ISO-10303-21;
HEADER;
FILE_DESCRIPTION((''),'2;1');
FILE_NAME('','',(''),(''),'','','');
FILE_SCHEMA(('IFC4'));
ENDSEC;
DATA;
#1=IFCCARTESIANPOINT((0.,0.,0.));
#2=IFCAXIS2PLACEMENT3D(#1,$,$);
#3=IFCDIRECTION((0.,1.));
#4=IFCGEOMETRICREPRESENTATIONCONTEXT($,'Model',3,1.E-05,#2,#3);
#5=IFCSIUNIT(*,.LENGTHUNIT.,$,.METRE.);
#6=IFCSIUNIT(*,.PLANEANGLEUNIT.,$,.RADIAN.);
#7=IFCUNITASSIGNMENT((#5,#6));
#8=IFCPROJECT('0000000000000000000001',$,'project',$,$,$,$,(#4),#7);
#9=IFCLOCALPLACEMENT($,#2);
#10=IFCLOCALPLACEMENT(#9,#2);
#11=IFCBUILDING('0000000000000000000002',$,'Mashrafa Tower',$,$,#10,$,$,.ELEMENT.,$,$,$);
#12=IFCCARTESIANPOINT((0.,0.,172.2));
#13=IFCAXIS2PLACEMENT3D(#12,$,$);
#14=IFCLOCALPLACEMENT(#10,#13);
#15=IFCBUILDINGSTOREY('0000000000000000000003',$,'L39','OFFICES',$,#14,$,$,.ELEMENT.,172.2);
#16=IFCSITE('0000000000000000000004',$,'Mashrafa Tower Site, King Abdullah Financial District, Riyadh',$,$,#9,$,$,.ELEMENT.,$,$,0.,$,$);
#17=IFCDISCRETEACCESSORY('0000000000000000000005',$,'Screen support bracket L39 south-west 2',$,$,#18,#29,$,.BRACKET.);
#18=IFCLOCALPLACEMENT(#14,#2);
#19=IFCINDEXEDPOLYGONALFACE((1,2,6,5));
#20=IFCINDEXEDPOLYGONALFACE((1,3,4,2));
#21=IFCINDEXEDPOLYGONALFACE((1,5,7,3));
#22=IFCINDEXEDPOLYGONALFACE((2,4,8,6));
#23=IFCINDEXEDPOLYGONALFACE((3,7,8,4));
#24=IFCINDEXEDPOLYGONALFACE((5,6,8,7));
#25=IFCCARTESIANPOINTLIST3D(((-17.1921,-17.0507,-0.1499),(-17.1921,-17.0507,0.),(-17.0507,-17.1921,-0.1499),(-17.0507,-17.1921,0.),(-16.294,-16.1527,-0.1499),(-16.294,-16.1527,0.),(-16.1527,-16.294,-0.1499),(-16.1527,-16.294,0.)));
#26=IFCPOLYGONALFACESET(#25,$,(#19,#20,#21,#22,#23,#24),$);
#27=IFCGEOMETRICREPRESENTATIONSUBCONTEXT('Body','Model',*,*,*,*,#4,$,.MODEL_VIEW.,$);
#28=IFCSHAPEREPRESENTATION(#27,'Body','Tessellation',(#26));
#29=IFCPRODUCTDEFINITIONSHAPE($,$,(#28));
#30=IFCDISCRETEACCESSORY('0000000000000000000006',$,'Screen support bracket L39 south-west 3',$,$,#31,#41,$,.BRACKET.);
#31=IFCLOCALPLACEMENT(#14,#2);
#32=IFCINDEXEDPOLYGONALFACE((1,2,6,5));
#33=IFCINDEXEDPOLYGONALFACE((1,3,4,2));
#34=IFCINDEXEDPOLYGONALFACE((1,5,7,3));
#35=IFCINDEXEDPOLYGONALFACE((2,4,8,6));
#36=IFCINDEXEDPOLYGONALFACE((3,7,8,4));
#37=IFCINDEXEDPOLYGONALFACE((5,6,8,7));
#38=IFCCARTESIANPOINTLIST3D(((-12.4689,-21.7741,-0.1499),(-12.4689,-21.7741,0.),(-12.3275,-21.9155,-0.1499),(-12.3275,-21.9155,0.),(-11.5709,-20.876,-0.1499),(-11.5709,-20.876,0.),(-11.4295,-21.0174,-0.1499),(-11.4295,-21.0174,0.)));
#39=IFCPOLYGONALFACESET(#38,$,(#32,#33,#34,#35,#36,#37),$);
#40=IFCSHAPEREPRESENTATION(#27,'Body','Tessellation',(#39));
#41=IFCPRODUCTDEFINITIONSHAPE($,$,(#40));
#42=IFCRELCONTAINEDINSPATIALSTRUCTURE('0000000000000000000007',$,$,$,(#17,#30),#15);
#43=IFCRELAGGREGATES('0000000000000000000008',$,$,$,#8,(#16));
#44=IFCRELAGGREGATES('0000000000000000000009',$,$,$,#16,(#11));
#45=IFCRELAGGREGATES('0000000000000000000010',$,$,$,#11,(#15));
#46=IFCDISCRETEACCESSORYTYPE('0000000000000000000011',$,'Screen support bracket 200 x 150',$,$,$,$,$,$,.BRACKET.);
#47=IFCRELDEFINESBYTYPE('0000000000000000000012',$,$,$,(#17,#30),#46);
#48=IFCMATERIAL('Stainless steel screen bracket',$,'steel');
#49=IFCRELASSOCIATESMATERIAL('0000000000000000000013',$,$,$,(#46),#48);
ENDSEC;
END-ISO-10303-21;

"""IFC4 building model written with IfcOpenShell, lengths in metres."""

from ifc_helpers import new_model, si_unit, direction, frame, origin, origin_2d, place, context, subcontext, project, spatial, rectangle, extrude, source, transform, mapped, material, type_object, type_shapes, element, save


model = new_model("IFC4")

# Units and contexts
model_context = context("Model", 3, precision=1e-05, world=origin(), true_north=direction((0.0, 1.0)))
body_context = subcontext(model_context, "Body", "Model", "MODEL_VIEW")
ifc_project = project(units=[si_unit("LENGTHUNIT", "METRE"), si_unit("PLANEANGLEUNIT", "RADIAN")], contexts=[model_context])

# Site, building, storey
site_placement = place(None, origin())
site = spatial("IfcSite", under=ifc_project, at=site_placement, Name="Mashrafa Tower Site, King Abdullah Financial District, Riyadh", CompositionType="ELEMENT", RefElevation=0.0)
building_placement = place(site_placement, origin())
building = spatial("IfcBuilding", under=site, at=building_placement, Name="Mashrafa Tower", CompositionType="ELEMENT")
storey_placement = place(building_placement, frame((0.0, 0.0, 172.2)))
storey = spatial("IfcBuildingStorey", under=building, at=storey_placement, Name="L39", Description="OFFICES", CompositionType="ELEMENT", Elevation=172.2)

# Discrete accessories
ifc_material_1 = material(Name="Stainless steel screen bracket", Category="steel")
discrete_accessory_type = type_object("IfcDiscreteAccessoryType", Name="Screen support bracket 200 x 150", PredefinedType="BRACKET", material=ifc_material_1)
shared_shape_1 = source(origin(), body_context, "Body", "SweptSolid", [
    extrude(rectangle(XDim=0.2, YDim=1.27, at=origin_2d()), origin(), (0.0, 0.0, 1.0), 0.1499),
])
type_shapes(discrete_accessory_type, [shared_shape_1])
for number, where, z_axis, x_axis, name in (
    (1, (-16.6724, -16.6724, -0.1499), (0.0, 0.0, 1.0), (0.707107, -0.707107, 0.0), "Screen support bracket L39 south-west 2"),
    (2, (-11.9492, -21.3958, -0.1499), (0.0, 0.0, 1.0), (0.707107, -0.707107, 0.0), "Screen support bracket L39 south-west 3"),
):
    element("IfcDiscreteAccessory", number, at=place(storey_placement, frame(where, z_axis=z_axis, x_axis=x_axis)), inside=storey, type_object=discrete_accessory_type, Name=name, PredefinedType="BRACKET", context=body_context, shape_type="MappedRepresentation", body=[
        mapped(shared_shape_1, transform((0.0, 0.0, 0.0))),
    ])

save(model, "model.ifc")
